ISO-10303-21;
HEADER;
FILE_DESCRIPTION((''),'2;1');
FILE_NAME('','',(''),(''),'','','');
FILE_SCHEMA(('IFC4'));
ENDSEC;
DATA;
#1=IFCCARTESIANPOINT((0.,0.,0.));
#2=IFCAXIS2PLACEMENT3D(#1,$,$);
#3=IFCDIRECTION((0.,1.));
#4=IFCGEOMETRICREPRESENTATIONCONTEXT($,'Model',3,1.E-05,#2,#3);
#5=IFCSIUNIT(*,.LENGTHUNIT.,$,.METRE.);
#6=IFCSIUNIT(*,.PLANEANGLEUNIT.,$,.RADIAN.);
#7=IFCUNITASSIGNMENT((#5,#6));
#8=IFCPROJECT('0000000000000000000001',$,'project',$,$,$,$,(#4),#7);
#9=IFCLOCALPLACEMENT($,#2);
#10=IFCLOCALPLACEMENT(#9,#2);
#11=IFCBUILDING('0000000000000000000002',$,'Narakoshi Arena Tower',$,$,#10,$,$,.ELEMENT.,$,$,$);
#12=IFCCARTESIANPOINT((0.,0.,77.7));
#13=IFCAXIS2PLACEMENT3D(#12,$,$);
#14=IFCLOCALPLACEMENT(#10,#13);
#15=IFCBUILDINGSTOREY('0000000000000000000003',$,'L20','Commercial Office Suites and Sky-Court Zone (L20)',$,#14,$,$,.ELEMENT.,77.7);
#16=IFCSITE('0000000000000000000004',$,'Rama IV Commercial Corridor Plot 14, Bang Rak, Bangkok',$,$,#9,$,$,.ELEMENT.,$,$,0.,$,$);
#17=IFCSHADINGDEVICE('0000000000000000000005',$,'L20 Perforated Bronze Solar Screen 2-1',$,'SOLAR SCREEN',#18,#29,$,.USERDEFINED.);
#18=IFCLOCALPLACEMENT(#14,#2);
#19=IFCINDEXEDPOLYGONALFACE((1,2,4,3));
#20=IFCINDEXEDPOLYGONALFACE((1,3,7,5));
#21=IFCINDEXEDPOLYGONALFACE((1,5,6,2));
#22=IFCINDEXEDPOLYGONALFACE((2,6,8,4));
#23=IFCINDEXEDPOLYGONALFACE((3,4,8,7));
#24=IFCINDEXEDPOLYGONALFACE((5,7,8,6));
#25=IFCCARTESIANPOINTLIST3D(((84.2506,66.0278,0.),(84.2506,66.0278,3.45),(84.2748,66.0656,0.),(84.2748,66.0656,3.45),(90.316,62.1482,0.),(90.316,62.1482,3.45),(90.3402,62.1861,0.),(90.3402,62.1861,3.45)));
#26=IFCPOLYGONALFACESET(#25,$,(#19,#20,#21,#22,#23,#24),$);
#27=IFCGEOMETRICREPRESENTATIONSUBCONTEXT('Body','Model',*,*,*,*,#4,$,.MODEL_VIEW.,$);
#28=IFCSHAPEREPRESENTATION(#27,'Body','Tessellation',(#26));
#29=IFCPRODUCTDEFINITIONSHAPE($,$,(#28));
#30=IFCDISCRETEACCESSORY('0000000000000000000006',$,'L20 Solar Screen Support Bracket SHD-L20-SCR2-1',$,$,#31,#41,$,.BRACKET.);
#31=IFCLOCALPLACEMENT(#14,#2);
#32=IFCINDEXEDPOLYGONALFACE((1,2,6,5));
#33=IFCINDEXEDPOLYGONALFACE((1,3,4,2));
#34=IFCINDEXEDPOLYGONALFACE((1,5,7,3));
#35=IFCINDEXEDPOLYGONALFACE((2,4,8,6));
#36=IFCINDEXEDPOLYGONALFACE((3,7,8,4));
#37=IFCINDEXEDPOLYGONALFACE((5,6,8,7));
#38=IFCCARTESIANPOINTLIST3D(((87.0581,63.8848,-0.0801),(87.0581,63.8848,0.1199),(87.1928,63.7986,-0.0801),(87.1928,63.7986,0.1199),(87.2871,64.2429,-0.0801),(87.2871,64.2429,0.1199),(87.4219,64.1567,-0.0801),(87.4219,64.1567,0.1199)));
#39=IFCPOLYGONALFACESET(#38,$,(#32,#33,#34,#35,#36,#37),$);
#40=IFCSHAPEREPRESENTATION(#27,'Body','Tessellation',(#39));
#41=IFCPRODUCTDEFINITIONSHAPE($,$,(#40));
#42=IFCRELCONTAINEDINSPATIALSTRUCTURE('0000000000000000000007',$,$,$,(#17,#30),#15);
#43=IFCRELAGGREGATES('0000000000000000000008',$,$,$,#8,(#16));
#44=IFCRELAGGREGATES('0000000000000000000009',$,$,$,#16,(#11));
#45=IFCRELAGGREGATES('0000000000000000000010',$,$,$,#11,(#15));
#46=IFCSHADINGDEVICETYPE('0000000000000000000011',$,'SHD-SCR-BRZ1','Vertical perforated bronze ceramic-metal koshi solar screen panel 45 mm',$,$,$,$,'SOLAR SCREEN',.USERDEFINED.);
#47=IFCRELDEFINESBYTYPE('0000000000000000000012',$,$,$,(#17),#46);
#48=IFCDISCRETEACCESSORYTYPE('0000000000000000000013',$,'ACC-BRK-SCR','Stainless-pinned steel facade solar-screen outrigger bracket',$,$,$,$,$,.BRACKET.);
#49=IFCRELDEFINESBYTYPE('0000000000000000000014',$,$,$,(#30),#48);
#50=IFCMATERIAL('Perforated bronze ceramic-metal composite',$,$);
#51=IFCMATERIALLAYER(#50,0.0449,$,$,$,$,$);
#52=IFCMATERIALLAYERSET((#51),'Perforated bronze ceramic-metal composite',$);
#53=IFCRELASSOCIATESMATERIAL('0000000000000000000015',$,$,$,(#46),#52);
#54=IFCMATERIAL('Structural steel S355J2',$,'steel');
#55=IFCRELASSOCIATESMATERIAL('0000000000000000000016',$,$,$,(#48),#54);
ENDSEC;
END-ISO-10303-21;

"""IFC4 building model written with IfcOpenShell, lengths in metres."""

from ifc_helpers import new_model, si_unit, direction, frame, origin, origin_2d, place, context, subcontext, project, spatial, rectangle, extrude, material, layer, layer_set, type_object, element, save


model = new_model("IFC4")

# Units and contexts
model_context = context("Model", 3, precision=1e-05, world=origin(), true_north=direction((0.0, 1.0)))
body_context = subcontext(model_context, "Body", "Model", "MODEL_VIEW")
ifc_project = project(units=[si_unit("LENGTHUNIT", "METRE"), si_unit("PLANEANGLEUNIT", "RADIAN")], contexts=[model_context])

# Site, building, storey
site_placement = place(None, origin())
site = spatial("IfcSite", under=ifc_project, at=site_placement, Name="Rama IV Commercial Corridor Plot 14, Bang Rak, Bangkok", CompositionType="ELEMENT", RefElevation=0.0)
building_placement = place(site_placement, origin())
building = spatial("IfcBuilding", under=site, at=building_placement, Name="Narakoshi Arena Tower", CompositionType="ELEMENT")
storey_placement = place(building_placement, frame((0.0, 0.0, 77.7)))
storey = spatial("IfcBuildingStorey", under=building, at=storey_placement, Name="L20", Description="Commercial Office Suites and Sky-Court Zone (L20)", CompositionType="ELEMENT", Elevation=77.7)

# Shared definitions
ifc_material_1 = material(Name="Structural steel S355J2", Category="steel")

# Shading device
ifc_material_2 = material(Name="Perforated bronze ceramic-metal composite")
ifc_layer_1 = layer(ifc_material_2, 0.0449)
ifc_layer_set_1 = layer_set([ifc_layer_1], Name="Perforated bronze ceramic-metal composite")
shading_device_type = type_object("IfcShadingDeviceType", Name="SHD-SCR-BRZ1", Description="Vertical perforated bronze ceramic-metal koshi solar screen panel 45 mm", ElementType="SOLAR SCREEN", PredefinedType="USERDEFINED", material=ifc_layer_set_1)
shading_device_placement = place(storey_placement, frame((87.2954, 64.1069, 0.0), z_axis=(0.0, 0.0, 1.0), x_axis=(-0.842415, 0.53883, 0.0)))
element("IfcShadingDevice", 1, at=shading_device_placement, inside=storey, type_object=shading_device_type, Name="L20 Perforated Bronze Solar Screen 2-1", ObjectType="SOLAR SCREEN", PredefinedType="USERDEFINED", context=body_context, shape_type="SweptSolid", body=[
    extrude(rectangle(XDim=7.2, YDim=0.0449, at=origin_2d()), origin(), (0.0, 0.0, 1.0), 3.45),
])

# Discrete accessory
discrete_accessory_type = type_object("IfcDiscreteAccessoryType", Name="ACC-BRK-SCR", Description="Stainless-pinned steel facade solar-screen outrigger bracket", PredefinedType="BRACKET", material=ifc_material_1)
discrete_accessory_placement = place(storey_placement, frame((87.24, 64.0208, -0.0801), z_axis=(0.0, 0.0, 1.0), x_axis=(-0.842415, 0.53883, 0.0)))
element("IfcDiscreteAccessory", 2, at=discrete_accessory_placement, inside=storey, type_object=discrete_accessory_type, Name="L20 Solar Screen Support Bracket SHD-L20-SCR2-1", PredefinedType="BRACKET", context=body_context, shape_type="SweptSolid", body=[
    extrude(rectangle(XDim=0.1599, YDim=0.425, at=origin_2d()), origin(), (0.0, 0.0, 1.0), 0.2),
])

save(model, "model.ifc")
